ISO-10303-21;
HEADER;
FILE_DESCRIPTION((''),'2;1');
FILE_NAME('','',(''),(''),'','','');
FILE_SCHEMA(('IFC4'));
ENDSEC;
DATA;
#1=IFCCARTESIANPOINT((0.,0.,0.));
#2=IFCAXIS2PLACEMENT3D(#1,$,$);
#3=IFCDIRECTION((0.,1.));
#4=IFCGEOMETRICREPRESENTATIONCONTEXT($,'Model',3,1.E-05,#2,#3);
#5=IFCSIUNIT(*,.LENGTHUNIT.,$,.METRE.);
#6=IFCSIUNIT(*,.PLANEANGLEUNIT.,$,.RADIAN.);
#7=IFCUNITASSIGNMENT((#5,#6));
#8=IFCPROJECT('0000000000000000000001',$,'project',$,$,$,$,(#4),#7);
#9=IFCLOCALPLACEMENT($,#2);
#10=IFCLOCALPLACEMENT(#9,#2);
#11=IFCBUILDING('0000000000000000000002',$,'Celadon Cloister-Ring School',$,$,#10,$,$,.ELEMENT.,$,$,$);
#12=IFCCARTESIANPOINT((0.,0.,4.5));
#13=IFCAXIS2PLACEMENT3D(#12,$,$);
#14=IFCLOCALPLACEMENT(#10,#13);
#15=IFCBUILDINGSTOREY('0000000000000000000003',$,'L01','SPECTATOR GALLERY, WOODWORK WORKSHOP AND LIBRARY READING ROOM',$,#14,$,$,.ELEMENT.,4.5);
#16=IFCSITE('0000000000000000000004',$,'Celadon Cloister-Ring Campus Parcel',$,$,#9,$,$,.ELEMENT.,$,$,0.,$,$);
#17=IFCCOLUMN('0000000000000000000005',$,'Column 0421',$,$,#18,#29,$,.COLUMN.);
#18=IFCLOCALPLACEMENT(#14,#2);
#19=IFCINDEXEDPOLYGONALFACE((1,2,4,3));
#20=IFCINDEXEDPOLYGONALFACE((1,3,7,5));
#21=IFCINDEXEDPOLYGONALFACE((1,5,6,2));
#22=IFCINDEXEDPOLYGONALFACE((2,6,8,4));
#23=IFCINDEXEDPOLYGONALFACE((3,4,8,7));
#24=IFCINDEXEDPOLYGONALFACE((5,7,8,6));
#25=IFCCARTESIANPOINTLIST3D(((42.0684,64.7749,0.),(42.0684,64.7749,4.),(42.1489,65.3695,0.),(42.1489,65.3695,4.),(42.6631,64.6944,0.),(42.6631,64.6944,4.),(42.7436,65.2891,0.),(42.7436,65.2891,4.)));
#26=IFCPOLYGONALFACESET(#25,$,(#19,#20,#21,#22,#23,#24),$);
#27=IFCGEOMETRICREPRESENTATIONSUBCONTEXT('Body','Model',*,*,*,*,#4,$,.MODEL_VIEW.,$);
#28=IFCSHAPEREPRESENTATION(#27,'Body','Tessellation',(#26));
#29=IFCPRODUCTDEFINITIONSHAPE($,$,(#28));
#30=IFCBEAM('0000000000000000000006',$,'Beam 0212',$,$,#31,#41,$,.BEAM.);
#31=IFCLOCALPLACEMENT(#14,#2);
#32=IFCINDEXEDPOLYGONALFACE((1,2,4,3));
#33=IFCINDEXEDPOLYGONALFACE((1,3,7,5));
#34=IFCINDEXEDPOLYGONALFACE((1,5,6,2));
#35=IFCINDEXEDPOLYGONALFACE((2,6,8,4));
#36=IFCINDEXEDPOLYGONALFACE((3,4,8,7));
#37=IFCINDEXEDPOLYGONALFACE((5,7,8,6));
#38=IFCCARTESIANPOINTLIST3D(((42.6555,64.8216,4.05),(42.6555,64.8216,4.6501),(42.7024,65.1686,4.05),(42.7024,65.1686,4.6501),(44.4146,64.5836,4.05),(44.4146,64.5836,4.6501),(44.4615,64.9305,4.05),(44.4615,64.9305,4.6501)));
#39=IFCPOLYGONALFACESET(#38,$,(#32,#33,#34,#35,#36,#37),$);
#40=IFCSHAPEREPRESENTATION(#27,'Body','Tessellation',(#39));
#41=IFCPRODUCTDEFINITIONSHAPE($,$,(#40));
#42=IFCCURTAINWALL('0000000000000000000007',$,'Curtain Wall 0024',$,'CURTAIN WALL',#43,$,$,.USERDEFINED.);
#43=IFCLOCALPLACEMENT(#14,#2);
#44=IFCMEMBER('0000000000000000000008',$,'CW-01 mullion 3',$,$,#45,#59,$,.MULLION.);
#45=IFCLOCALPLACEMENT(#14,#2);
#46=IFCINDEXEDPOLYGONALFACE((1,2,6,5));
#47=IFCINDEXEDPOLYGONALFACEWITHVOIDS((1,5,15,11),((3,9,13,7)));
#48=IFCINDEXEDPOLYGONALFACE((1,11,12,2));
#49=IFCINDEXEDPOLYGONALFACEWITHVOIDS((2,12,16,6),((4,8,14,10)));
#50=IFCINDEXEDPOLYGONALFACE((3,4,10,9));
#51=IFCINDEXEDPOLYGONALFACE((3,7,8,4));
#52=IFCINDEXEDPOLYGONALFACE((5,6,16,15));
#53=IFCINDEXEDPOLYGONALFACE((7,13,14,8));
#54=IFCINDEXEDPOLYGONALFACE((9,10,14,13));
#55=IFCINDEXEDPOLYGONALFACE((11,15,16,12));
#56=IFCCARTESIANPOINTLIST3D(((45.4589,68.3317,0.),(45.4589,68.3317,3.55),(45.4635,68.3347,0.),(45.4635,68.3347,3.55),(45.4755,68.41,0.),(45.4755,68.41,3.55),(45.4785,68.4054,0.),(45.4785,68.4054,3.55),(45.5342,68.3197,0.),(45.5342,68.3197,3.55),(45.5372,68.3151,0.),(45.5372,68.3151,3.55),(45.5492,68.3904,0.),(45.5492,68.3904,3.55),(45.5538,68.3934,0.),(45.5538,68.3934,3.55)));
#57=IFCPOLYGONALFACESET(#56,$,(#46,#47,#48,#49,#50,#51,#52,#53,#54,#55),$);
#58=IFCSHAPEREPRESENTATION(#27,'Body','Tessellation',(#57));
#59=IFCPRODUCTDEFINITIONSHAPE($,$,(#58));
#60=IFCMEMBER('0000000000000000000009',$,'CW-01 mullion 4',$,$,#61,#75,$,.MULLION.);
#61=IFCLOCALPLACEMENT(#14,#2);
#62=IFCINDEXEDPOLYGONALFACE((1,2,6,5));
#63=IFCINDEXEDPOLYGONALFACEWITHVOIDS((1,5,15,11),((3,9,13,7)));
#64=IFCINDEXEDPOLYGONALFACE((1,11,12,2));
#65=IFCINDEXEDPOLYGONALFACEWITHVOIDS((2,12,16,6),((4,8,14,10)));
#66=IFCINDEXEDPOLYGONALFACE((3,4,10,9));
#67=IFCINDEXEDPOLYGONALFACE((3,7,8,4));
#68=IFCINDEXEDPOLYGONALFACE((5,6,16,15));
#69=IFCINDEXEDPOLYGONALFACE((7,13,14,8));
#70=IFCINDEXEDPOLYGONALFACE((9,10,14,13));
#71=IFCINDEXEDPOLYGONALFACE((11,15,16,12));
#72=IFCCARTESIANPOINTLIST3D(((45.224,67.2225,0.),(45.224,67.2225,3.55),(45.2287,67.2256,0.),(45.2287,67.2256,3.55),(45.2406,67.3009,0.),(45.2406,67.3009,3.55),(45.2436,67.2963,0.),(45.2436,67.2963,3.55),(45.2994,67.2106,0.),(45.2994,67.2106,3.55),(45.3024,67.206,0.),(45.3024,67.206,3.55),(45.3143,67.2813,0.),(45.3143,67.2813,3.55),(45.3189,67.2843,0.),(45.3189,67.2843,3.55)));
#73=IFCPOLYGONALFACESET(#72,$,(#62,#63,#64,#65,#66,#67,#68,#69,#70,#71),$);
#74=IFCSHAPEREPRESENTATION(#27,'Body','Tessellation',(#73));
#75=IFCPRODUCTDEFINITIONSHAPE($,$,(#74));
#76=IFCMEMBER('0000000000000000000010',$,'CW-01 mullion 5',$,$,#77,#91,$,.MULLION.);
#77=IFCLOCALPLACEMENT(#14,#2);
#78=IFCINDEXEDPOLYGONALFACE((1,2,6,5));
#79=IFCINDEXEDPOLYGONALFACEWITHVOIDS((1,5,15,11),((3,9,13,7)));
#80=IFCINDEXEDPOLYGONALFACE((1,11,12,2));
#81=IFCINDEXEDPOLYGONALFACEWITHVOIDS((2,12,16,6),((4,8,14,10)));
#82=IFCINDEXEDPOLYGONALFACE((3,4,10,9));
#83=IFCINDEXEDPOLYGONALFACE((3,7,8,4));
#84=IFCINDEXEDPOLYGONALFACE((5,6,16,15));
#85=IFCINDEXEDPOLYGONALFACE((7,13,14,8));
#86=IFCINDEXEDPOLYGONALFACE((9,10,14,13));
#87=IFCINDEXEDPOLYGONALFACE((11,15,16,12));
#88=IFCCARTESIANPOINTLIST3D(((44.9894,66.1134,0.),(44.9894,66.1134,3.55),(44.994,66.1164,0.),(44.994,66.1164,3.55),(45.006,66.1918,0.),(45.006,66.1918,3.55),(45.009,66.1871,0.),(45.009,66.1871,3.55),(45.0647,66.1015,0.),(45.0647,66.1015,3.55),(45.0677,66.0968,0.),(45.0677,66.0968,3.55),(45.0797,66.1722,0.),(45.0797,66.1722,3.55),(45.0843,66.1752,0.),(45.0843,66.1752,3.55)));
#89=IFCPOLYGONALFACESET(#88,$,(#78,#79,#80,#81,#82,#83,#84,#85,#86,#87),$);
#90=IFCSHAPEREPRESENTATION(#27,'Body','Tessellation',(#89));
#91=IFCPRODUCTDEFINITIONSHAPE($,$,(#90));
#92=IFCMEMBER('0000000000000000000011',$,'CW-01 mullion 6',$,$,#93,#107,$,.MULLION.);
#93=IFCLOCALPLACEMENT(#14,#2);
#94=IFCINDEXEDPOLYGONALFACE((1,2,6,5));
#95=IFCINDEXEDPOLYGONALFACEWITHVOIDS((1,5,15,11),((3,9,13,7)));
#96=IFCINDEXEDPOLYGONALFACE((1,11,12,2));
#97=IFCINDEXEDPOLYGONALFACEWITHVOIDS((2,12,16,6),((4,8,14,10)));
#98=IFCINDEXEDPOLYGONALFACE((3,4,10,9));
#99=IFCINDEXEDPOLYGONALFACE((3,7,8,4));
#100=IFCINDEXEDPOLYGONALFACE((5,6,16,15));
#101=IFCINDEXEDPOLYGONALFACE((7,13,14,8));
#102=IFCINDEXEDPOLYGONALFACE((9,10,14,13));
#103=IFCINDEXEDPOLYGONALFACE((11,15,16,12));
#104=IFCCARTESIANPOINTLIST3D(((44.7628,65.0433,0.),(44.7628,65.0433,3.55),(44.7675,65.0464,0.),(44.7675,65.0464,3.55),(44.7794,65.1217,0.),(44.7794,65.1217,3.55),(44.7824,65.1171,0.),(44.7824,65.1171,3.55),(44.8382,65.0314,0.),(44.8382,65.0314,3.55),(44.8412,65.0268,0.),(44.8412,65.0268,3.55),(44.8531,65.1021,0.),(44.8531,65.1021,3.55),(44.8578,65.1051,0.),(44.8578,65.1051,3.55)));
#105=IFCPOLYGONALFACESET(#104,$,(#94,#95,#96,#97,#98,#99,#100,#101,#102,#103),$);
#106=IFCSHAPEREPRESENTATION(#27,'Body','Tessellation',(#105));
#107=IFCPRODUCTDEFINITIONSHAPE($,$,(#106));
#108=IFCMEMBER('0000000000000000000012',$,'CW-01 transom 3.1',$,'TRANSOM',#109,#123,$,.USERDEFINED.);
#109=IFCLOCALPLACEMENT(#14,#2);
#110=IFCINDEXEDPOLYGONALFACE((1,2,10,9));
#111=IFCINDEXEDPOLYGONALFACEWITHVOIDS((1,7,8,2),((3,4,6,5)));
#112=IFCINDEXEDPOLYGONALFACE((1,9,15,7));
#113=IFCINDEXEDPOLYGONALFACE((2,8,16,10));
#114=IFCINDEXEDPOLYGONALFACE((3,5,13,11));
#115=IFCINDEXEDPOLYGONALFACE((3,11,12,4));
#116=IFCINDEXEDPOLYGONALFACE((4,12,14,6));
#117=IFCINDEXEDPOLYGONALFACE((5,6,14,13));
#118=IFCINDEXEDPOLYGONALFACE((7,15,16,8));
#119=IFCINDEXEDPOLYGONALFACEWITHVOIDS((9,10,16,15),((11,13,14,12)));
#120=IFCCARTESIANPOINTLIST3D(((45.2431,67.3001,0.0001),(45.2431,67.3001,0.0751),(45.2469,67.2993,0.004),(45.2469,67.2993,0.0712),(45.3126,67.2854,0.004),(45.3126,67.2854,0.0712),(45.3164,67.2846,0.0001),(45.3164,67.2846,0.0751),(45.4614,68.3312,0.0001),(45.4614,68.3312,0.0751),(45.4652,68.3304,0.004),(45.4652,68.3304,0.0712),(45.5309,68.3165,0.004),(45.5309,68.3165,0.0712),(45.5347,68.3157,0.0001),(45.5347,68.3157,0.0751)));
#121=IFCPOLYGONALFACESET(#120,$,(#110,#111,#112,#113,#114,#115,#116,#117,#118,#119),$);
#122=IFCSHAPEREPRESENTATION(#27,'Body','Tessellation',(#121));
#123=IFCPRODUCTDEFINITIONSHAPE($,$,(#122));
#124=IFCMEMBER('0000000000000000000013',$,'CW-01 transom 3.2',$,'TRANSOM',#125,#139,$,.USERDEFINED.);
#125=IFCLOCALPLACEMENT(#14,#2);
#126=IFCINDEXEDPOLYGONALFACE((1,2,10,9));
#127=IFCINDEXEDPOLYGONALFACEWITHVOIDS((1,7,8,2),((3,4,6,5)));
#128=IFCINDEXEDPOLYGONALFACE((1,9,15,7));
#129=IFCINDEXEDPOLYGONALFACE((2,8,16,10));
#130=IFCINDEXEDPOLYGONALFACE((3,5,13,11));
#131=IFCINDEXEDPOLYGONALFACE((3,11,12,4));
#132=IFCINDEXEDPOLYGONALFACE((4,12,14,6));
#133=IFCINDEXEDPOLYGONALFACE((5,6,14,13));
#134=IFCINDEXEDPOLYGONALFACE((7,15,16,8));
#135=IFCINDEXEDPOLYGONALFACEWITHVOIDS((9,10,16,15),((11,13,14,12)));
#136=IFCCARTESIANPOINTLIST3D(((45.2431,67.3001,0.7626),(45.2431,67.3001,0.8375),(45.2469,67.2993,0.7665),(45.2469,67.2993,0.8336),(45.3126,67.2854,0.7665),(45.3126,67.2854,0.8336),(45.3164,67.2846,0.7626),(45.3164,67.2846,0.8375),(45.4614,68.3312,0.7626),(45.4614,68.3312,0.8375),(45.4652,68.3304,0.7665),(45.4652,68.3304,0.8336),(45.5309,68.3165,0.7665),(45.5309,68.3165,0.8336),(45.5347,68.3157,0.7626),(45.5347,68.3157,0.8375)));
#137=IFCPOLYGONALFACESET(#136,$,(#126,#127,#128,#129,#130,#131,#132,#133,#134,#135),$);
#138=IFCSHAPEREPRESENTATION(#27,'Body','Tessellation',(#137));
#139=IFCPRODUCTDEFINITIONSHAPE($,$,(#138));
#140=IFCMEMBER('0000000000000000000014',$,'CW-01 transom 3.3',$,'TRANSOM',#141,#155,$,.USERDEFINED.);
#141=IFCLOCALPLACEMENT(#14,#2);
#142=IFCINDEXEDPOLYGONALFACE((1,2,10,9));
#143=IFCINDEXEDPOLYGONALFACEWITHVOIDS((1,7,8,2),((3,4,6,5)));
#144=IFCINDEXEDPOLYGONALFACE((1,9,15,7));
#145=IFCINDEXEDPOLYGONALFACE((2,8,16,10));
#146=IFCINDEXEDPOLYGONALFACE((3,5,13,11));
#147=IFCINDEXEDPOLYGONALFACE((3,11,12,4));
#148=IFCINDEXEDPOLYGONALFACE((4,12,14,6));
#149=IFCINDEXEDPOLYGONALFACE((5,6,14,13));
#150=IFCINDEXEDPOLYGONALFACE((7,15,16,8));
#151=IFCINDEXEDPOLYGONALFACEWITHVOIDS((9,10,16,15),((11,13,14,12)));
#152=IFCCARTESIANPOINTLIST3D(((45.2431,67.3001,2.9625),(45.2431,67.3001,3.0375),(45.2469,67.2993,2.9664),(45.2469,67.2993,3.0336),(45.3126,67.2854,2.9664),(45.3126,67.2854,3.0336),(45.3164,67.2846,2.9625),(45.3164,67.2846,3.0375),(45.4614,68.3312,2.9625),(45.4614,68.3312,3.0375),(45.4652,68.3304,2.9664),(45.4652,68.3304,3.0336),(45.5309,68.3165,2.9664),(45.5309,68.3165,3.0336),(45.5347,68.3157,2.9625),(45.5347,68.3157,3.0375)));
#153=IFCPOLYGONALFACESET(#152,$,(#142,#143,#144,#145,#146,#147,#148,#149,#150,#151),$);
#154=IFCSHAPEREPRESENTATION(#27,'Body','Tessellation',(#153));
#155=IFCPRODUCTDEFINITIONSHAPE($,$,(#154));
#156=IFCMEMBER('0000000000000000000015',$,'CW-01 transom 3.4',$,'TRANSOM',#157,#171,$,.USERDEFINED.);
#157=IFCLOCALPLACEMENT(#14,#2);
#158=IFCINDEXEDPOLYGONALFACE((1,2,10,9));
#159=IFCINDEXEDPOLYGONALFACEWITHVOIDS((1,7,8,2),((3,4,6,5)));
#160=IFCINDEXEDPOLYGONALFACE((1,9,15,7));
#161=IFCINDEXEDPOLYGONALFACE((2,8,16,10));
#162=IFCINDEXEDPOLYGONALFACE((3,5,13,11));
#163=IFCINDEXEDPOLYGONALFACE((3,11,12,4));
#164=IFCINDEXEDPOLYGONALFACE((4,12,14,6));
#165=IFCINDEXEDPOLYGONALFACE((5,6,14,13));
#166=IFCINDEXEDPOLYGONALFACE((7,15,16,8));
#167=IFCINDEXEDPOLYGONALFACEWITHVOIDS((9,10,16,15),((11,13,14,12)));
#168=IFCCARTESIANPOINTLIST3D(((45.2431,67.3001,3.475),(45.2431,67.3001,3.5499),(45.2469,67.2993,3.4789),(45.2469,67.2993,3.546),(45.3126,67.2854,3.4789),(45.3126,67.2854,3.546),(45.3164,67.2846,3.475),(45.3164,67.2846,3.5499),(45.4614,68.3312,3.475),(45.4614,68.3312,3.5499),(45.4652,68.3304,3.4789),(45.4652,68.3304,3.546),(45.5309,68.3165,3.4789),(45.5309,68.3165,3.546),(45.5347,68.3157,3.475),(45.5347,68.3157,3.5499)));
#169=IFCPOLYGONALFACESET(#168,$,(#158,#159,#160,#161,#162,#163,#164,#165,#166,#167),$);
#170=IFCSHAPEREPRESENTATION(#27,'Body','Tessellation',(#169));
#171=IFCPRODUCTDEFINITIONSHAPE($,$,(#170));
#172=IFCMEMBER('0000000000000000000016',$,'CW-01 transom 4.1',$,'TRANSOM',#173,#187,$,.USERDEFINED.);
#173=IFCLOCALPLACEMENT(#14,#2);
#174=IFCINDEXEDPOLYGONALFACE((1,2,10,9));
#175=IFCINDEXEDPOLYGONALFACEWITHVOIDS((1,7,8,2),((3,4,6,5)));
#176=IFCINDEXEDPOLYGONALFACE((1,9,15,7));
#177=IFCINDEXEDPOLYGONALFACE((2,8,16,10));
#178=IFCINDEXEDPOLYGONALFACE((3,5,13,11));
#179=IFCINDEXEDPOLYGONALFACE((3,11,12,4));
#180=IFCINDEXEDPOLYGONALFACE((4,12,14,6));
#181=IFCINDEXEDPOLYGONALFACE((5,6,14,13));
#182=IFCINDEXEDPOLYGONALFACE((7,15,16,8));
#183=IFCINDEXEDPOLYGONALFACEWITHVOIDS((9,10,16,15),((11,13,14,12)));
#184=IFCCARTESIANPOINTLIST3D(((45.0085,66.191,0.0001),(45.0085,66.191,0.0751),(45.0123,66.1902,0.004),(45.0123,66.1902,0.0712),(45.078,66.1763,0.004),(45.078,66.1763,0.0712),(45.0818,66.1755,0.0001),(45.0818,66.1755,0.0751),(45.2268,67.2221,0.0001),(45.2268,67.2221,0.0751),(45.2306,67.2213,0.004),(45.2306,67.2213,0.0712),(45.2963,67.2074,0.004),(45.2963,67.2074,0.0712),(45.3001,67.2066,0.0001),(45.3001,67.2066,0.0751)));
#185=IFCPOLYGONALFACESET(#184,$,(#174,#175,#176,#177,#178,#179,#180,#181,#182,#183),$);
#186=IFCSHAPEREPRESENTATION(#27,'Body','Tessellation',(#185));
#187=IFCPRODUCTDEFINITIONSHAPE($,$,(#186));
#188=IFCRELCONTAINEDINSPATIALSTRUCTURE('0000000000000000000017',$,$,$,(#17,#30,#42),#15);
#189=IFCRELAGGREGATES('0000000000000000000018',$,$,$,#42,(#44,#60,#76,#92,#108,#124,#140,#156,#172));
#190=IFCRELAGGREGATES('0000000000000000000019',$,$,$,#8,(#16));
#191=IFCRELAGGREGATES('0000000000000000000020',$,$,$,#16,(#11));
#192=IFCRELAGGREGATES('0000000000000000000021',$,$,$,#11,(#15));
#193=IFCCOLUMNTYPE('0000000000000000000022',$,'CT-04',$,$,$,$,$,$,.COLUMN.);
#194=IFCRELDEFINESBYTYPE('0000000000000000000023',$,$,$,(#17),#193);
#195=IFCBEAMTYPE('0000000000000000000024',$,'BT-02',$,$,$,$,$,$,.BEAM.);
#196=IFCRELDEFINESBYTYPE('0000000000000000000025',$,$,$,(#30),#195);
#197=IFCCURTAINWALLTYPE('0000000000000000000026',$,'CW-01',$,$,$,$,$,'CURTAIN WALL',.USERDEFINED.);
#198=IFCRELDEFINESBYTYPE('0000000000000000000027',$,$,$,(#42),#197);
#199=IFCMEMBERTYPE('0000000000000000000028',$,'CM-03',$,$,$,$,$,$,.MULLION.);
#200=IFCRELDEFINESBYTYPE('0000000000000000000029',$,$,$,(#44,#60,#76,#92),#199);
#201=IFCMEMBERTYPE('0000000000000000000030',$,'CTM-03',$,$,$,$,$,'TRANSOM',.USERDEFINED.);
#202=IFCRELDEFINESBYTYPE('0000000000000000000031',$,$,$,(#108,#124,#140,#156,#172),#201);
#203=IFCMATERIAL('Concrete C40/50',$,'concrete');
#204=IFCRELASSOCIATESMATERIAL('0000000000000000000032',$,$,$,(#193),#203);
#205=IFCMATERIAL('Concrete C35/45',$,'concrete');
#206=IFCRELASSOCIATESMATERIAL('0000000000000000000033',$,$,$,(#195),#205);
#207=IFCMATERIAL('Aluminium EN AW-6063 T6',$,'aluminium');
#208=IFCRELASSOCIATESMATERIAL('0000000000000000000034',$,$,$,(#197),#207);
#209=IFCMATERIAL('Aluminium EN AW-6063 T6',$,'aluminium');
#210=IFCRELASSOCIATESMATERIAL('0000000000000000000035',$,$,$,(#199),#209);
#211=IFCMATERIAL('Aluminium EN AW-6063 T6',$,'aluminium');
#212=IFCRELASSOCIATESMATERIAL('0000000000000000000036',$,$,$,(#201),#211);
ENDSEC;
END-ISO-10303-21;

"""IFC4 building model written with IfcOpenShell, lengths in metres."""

from ifc_helpers import new_model, si_unit, direction, frame, origin, origin_2d, place, context, subcontext, project, spatial, rectangle, hollow_rectangle, extrude, material, material_profile, profile_set, type_object, element, aggregate, save


model = new_model("IFC4")

# Units and contexts
model_context = context("Model", 3, precision=1e-05, world=origin(), true_north=direction((0.0, 1.0)))
body_context = subcontext(model_context, "Body", "Model", "MODEL_VIEW")
ifc_project = project(units=[si_unit("LENGTHUNIT", "METRE"), si_unit("PLANEANGLEUNIT", "RADIAN")], contexts=[model_context])

# Site, building, storey
site_placement = place(None, origin())
site = spatial("IfcSite", under=ifc_project, at=site_placement, Name="Celadon Cloister-Ring Campus Parcel", CompositionType="ELEMENT", RefElevation=0.0)
building_placement = place(site_placement, origin())
building = spatial("IfcBuilding", under=site, at=building_placement, Name="Celadon Cloister-Ring School", CompositionType="ELEMENT")
storey_placement = place(building_placement, frame((0.0, 0.0, 4.5)))
storey = spatial("IfcBuildingStorey", under=building, at=storey_placement, Name="L01", Description="SPECTATOR GALLERY, WOODWORK WORKSHOP AND LIBRARY READING ROOM", CompositionType="ELEMENT", Elevation=4.5)

# Column
ifc_material_1 = material(Name="Concrete C40/50", Category="concrete")
ifc_material_profile_1 = material_profile(ifc_material_1, rectangle(XDim=0.6001, YDim=0.6001, at=origin_2d()), Name="RC600X600")
ifc_profile_set_1 = profile_set([ifc_material_profile_1], Name="Concrete C40/50")
column_type = type_object("IfcColumnType", Name="CT-04", PredefinedType="COLUMN", material=ifc_profile_set_1)
column_placement = place(storey_placement, frame((42.406, 65.032, 0.0), z_axis=(0.0, 0.0, 1.0), x_axis=(-0.990974, 0.134055, 0.0)))
element("IfcColumn", 1, at=column_placement, inside=storey, type_object=column_type, Name="Column 0421", PredefinedType="COLUMN", context=body_context, shape_type="SweptSolid", body=[
    extrude(rectangle(XDim=0.6001, YDim=0.6001, at=origin_2d()), origin(), (0.0, 0.0, 1.0), 4.0),
])

# Beam
ifc_material_2 = material(Name="Concrete C35/45", Category="concrete")
ifc_material_profile_2 = material_profile(ifc_material_2, rectangle(XDim=0.3501, YDim=0.6001, at=origin_2d()), Name="RC350X600")
ifc_profile_set_2 = profile_set([ifc_material_profile_2], Name="Concrete C35/45")
beam_type = type_object("IfcBeamType", Name="BT-02", PredefinedType="BEAM", material=ifc_profile_set_2)
beam_placement = place(storey_placement, frame((42.679, 64.9951, 4.3501), z_axis=(0.990968, -0.1341, 0.0), x_axis=(0.1341, 0.990968, 0.0)))
element("IfcBeam", 2, at=beam_placement, inside=storey, type_object=beam_type, Name="Beam 0212", PredefinedType="BEAM", context=body_context, shape_type="SweptSolid", body=[
    extrude(rectangle(XDim=0.3501, YDim=0.6001, at=origin_2d()), origin(), (0.0, 0.0, 1.0), 1.7751),
])

# Curtain wall, members
ifc_material_3 = material(Name="Aluminium EN AW-6063 T6", Category="aluminium")
curtain_wall_type = type_object("IfcCurtainWallType", Name="CW-01", ElementType="CURTAIN WALL", PredefinedType="USERDEFINED", material=ifc_material_3)
curtain_wall_placement = place(storey_placement, origin())
curtain_wall = element("IfcCurtainWall", 3, at=curtain_wall_placement, inside=storey, type_object=curtain_wall_type, Name="Curtain Wall 0024", ObjectType="CURTAIN WALL", PredefinedType="USERDEFINED")
ifc_material_4 = material(Name="Aluminium EN AW-6063 T6", Category="aluminium")
ifc_material_profile_3 = material_profile(ifc_material_4, hollow_rectangle(XDim=0.0801, YDim=0.0801, WallThickness=0.0039, at=origin_2d()), Name="RHS80X80X4")
ifc_profile_set_3 = profile_set([ifc_material_profile_3], Name="Aluminium EN AW-6063 T6")
member_type_1 = type_object("IfcMemberType", Name="CM-03", PredefinedType="MULLION", material=ifc_profile_set_3)
member_1_placement = place(storey_placement, frame((45.5063, 68.3625, 0.0), z_axis=(0.0, 0.0, 1.0), x_axis=(0.978321, -0.207095, 0.0)))
member_1 = element("IfcMember", 4, at=member_1_placement, type_object=member_type_1, Name="CW-01 mullion 3", PredefinedType="MULLION", context=body_context, shape_type="SweptSolid", body=[
    extrude(hollow_rectangle(XDim=0.0801, YDim=0.0801, WallThickness=0.0039, at=origin_2d()), origin(), (0.0, 0.0, 1.0), 3.55),
])
member_2_placement = place(storey_placement, frame((45.2715, 67.2534, 0.0), z_axis=(0.0, 0.0, 1.0), x_axis=(0.978321, -0.207095, 0.0)))
member_2 = element("IfcMember", 5, at=member_2_placement, type_object=member_type_1, Name="CW-01 mullion 4", PredefinedType="MULLION", context=body_context, shape_type="SweptSolid", body=[
    extrude(hollow_rectangle(XDim=0.0801, YDim=0.0801, WallThickness=0.0039, at=origin_2d()), origin(), (0.0, 0.0, 1.0), 3.55),
])
member_3_placement = place(storey_placement, frame((45.0369, 66.1443, 0.0), z_axis=(0.0, 0.0, 1.0), x_axis=(0.978321, -0.207095, 0.0)))
member_3 = element("IfcMember", 6, at=member_3_placement, type_object=member_type_1, Name="CW-01 mullion 5", PredefinedType="MULLION", context=body_context, shape_type="SweptSolid", body=[
    extrude(hollow_rectangle(XDim=0.0801, YDim=0.0801, WallThickness=0.0039, at=origin_2d()), origin(), (0.0, 0.0, 1.0), 3.55),
])
member_4_placement = place(storey_placement, frame((44.8103, 65.0742, 0.0), z_axis=(0.0, 0.0, 1.0), x_axis=(0.978321, -0.207095, 0.0)))
member_4 = element("IfcMember", 7, at=member_4_placement, type_object=member_type_1, Name="CW-01 mullion 6", PredefinedType="MULLION", context=body_context, shape_type="SweptSolid", body=[
    extrude(hollow_rectangle(XDim=0.0801, YDim=0.0801, WallThickness=0.0039, at=origin_2d()), origin(), (0.0, 0.0, 1.0), 3.55),
])
ifc_material_5 = material(Name="Aluminium EN AW-6063 T6", Category="aluminium")
ifc_material_profile_4 = material_profile(ifc_material_5, hollow_rectangle(XDim=0.075, YDim=0.075, WallThickness=0.0039, at=origin_2d()), Name="RHS75X75X4")
ifc_profile_set_4 = profile_set([ifc_material_profile_4], Name="Aluminium EN AW-6063 T6")
member_type_2 = type_object("IfcMemberType", Name="CTM-03", ElementType="TRANSOM", PredefinedType="USERDEFINED", material=ifc_profile_set_4)
member_5_placement = place(storey_placement, frame((45.498, 68.3235, 0.0376), z_axis=(-0.207108, -0.978318, 0.0), x_axis=(0.978318, -0.207108, 0.0)))
member_5 = element("IfcMember", 8, at=member_5_placement, type_object=member_type_2, Name="CW-01 transom 3.1", ObjectType="TRANSOM", PredefinedType="USERDEFINED", context=body_context, shape_type="SweptSolid", body=[
    extrude(hollow_rectangle(XDim=0.075, YDim=0.075, WallThickness=0.0039, at=origin_2d()), origin(), (0.0, 0.0, 1.0), 1.054),
])
member_6_placement = place(storey_placement, frame((45.498, 68.3235, 0.8), z_axis=(-0.207108, -0.978318, 0.0), x_axis=(0.978318, -0.207108, 0.0)))
member_6 = element("IfcMember", 9, at=member_6_placement, type_object=member_type_2, Name="CW-01 transom 3.2", ObjectType="TRANSOM", PredefinedType="USERDEFINED", context=body_context, shape_type="SweptSolid", body=[
    extrude(hollow_rectangle(XDim=0.075, YDim=0.075, WallThickness=0.0039, at=origin_2d()), origin(), (0.0, 0.0, 1.0), 1.054),
])
member_7_placement = place(storey_placement, frame((45.498, 68.3235, 3.0), z_axis=(-0.207108, -0.978318, 0.0), x_axis=(0.978318, -0.207108, 0.0)))
member_7 = element("IfcMember", 10, at=member_7_placement, type_object=member_type_2, Name="CW-01 transom 3.3", ObjectType="TRANSOM", PredefinedType="USERDEFINED", context=body_context, shape_type="SweptSolid", body=[
    extrude(hollow_rectangle(XDim=0.075, YDim=0.075, WallThickness=0.0039, at=origin_2d()), origin(), (0.0, 0.0, 1.0), 1.054),
])
member_8_placement = place(storey_placement, frame((45.498, 68.3235, 3.5125), z_axis=(-0.207108, -0.978318, 0.0), x_axis=(0.978318, -0.207108, 0.0)))
member_8 = element("IfcMember", 11, at=member_8_placement, type_object=member_type_2, Name="CW-01 transom 3.4", ObjectType="TRANSOM", PredefinedType="USERDEFINED", context=body_context, shape_type="SweptSolid", body=[
    extrude(hollow_rectangle(XDim=0.075, YDim=0.075, WallThickness=0.0039, at=origin_2d()), origin(), (0.0, 0.0, 1.0), 1.054),
])
member_9_placement = place(storey_placement, frame((45.2634, 67.2144, 0.0376), z_axis=(-0.207108, -0.978318, 0.0), x_axis=(0.978318, -0.207108, 0.0)))
member_9 = element("IfcMember", 12, at=member_9_placement, type_object=member_type_2, Name="CW-01 transom 4.1", ObjectType="TRANSOM", PredefinedType="USERDEFINED", context=body_context, shape_type="SweptSolid", body=[
    extrude(hollow_rectangle(XDim=0.075, YDim=0.075, WallThickness=0.0039, at=origin_2d()), origin(), (0.0, 0.0, 1.0), 1.054),
])
aggregate(curtain_wall, [member_1, member_2, member_3, member_4, member_5, member_6, member_7, member_8, member_9])

save(model, "model.ifc")
